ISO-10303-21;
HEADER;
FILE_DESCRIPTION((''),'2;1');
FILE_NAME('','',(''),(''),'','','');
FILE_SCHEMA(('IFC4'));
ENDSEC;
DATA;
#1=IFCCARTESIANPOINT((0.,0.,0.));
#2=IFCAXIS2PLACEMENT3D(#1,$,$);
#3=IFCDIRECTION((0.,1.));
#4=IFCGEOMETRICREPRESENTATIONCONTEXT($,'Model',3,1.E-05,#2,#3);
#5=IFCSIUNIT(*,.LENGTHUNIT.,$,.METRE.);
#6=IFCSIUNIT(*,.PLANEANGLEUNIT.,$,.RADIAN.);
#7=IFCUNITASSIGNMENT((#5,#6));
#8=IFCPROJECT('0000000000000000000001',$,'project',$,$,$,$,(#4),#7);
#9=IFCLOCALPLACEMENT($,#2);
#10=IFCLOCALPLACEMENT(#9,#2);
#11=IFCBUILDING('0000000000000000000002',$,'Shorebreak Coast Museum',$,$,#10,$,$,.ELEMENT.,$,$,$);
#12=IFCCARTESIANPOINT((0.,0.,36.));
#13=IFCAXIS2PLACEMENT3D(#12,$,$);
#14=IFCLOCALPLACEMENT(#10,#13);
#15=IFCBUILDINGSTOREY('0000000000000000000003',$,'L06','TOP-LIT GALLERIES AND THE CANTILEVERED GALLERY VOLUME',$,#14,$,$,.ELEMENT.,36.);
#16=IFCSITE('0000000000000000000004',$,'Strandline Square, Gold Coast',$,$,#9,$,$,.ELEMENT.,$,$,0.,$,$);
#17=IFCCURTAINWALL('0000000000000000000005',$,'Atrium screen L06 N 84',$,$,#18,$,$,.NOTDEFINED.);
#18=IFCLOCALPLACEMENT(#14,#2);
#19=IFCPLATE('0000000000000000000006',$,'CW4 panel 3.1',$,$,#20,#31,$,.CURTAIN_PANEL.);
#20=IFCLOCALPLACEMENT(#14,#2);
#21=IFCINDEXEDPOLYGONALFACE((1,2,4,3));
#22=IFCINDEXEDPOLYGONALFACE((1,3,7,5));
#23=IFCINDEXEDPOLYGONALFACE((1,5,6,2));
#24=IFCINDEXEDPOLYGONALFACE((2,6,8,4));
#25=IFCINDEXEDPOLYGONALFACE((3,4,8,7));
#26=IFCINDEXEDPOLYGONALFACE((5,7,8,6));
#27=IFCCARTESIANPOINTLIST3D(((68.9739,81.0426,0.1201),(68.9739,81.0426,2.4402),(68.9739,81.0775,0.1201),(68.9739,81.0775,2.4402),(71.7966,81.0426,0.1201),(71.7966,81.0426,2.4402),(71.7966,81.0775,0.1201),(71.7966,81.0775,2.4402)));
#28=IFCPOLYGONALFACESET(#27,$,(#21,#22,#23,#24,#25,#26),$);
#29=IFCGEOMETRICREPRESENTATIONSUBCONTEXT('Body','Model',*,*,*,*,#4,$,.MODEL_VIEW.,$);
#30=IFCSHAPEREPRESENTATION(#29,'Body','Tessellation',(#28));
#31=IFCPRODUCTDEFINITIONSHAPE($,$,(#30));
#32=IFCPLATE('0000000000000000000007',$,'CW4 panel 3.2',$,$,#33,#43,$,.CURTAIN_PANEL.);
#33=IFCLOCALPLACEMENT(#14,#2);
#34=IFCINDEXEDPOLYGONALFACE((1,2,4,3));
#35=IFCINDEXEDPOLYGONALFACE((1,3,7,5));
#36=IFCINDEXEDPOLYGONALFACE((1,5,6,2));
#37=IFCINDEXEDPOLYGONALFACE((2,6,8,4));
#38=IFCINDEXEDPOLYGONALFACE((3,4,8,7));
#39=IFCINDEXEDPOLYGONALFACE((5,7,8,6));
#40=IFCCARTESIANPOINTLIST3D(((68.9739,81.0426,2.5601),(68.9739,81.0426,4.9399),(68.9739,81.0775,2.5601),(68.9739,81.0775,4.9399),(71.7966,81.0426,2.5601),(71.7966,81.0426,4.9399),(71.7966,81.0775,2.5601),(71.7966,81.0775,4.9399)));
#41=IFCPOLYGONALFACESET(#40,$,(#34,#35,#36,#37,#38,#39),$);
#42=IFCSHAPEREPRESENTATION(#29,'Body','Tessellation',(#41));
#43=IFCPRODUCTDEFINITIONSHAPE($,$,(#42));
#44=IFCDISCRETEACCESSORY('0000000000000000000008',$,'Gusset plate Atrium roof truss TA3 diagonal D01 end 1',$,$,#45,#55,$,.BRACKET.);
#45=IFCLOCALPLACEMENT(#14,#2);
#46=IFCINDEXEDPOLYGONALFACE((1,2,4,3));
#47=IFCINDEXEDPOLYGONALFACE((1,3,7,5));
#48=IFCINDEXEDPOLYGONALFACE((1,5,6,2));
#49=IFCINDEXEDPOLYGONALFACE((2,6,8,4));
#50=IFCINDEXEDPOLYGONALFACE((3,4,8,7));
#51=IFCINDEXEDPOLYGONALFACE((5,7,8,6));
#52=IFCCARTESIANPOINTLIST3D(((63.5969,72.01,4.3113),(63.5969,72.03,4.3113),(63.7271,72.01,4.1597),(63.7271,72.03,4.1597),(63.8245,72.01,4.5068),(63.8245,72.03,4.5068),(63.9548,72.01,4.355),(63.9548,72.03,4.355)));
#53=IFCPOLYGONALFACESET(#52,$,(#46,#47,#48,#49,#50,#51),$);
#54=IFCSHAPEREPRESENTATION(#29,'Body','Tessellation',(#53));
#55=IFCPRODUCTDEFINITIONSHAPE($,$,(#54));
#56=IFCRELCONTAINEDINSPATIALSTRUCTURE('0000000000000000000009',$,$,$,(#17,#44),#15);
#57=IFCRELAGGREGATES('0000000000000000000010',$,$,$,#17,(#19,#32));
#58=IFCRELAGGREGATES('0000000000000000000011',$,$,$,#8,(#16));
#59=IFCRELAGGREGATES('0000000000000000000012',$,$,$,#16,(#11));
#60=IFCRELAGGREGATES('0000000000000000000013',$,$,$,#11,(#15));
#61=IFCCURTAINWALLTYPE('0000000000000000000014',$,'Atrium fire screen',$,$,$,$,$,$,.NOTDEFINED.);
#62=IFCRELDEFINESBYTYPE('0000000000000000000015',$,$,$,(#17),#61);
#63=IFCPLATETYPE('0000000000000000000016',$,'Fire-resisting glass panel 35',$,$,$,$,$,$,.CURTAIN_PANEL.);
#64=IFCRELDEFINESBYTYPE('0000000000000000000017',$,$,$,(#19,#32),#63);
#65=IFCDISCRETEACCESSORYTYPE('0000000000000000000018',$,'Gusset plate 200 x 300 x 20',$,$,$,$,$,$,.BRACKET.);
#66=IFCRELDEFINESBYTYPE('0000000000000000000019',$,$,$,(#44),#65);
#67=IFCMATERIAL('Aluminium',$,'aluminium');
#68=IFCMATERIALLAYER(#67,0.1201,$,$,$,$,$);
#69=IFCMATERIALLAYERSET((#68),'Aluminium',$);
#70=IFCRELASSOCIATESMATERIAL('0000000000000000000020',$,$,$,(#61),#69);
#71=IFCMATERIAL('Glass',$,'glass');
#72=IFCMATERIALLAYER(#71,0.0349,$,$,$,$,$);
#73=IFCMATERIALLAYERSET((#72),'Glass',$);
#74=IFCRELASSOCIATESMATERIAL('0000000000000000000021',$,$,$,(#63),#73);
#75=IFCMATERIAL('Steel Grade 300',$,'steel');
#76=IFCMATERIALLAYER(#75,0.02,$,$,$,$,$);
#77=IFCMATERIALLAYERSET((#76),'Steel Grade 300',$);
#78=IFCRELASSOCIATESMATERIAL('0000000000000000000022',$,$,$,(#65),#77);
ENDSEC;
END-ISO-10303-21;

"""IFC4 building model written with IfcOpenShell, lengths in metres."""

from ifc_helpers import new_model, si_unit, direction, frame, origin, origin_2d, place, context, subcontext, project, spatial, polyline, rectangle, outline, extrude, material, layer, layer_set, type_object, element, aggregate, save


model = new_model("IFC4")

# Units and contexts
model_context = context("Model", 3, precision=1e-05, world=origin(), true_north=direction((0.0, 1.0)))
body_context = subcontext(model_context, "Body", "Model", "MODEL_VIEW")
ifc_project = project(units=[si_unit("LENGTHUNIT", "METRE"), si_unit("PLANEANGLEUNIT", "RADIAN")], contexts=[model_context])

# Site, building, storey
site_placement = place(None, origin())
site = spatial("IfcSite", under=ifc_project, at=site_placement, Name="Strandline Square, Gold Coast", CompositionType="ELEMENT", RefElevation=0.0)
building_placement = place(site_placement, origin())
building = spatial("IfcBuilding", under=site, at=building_placement, Name="Shorebreak Coast Museum", CompositionType="ELEMENT")
storey_placement = place(building_placement, frame((0.0, 0.0, 36.0)))
storey = spatial("IfcBuildingStorey", under=building, at=storey_placement, Name="L06", Description="TOP-LIT GALLERIES AND THE CANTILEVERED GALLERY VOLUME", CompositionType="ELEMENT", Elevation=36.0)

# Curtain wall
ifc_material_1 = material(Name="Aluminium", Category="aluminium")
ifc_layer_1 = layer(ifc_material_1, 0.1201)
ifc_layer_set_1 = layer_set([ifc_layer_1], Name="Aluminium")
curtain_wall_type = type_object("IfcCurtainWallType", Name="Atrium fire screen", PredefinedType="NOTDEFINED", material=ifc_layer_set_1)
curtain_wall_1_placement = place(storey_placement, origin())
curtain_wall_1 = element("IfcCurtainWall", 1, at=curtain_wall_1_placement, inside=storey, type_object=curtain_wall_type, Name="Atrium screen L06 N 84", PredefinedType="NOTDEFINED")

# Plates
ifc_material_2 = material(Name="Glass", Category="glass")
ifc_layer_2 = layer(ifc_material_2, 0.0349)
ifc_layer_set_2 = layer_set([ifc_layer_2], Name="Glass")
plate_type = type_object("IfcPlateType", Name="Fire-resisting glass panel 35", PredefinedType="CURTAIN_PANEL", material=ifc_layer_set_2)
plate_1_placement = place(storey_placement, frame((70.3853, 81.0601, 0.1201), z_axis=(0.0, 0.0, 1.0), x_axis=(1.0, 0.0, 0.0)))
plate_1 = element("IfcPlate", 2, at=plate_1_placement, type_object=plate_type, Name="CW4 panel 3.1", PredefinedType="CURTAIN_PANEL", context=body_context, shape_type="SweptSolid", body=[
    extrude(rectangle(XDim=2.8228, YDim=0.0349, at=origin_2d()), origin(), (0.0, 0.0, 1.0), 2.3201),
])
plate_2_placement = place(storey_placement, frame((70.3853, 81.0601, 2.5601), z_axis=(0.0, 0.0, 1.0), x_axis=(1.0, 0.0, 0.0)))
plate_2 = element("IfcPlate", 3, at=plate_2_placement, type_object=plate_type, Name="CW4 panel 3.2", PredefinedType="CURTAIN_PANEL", context=body_context, shape_type="SweptSolid", body=[
    extrude(rectangle(XDim=2.8228, YDim=0.0349, at=origin_2d()), origin(), (0.0, 0.0, 1.0), 2.3799),
])
aggregate(curtain_wall_1, [plate_1, plate_2])

# Discrete accessory
ifc_material_3 = material(Name="Steel Grade 300", Category="steel")
ifc_layer_3 = layer(ifc_material_3, 0.02)
ifc_layer_set_3 = layer_set([ifc_layer_3], Name="Steel Grade 300")
discrete_accessory_type = type_object("IfcDiscreteAccessoryType", Name="Gusset plate 200 x 300 x 20", PredefinedType="BRACKET", material=ifc_layer_set_3)
discrete_accessory_placement = place(storey_placement, frame((63.5969, 72.01, 4.3113), z_axis=(0.0, -1.0, 0.0), x_axis=(0.651294, 0.0, -0.758825)))
element("IfcDiscreteAccessory", 4, at=discrete_accessory_placement, inside=storey, type_object=discrete_accessory_type, Name="Gusset plate Atrium roof truss TA3 diagonal D01 end 1", PredefinedType="BRACKET", context=body_context, shape_type="SweptSolid", body=[
    extrude(outline(polyline([(0.0, 0.0), (0.1998, 0.0), (0.1999, 0.3001), (-0.0002, 0.3), (0.0, 0.0)])), origin(), (0.0, 0.0, -1.0), 0.02),
])

save(model, "model.ifc")
